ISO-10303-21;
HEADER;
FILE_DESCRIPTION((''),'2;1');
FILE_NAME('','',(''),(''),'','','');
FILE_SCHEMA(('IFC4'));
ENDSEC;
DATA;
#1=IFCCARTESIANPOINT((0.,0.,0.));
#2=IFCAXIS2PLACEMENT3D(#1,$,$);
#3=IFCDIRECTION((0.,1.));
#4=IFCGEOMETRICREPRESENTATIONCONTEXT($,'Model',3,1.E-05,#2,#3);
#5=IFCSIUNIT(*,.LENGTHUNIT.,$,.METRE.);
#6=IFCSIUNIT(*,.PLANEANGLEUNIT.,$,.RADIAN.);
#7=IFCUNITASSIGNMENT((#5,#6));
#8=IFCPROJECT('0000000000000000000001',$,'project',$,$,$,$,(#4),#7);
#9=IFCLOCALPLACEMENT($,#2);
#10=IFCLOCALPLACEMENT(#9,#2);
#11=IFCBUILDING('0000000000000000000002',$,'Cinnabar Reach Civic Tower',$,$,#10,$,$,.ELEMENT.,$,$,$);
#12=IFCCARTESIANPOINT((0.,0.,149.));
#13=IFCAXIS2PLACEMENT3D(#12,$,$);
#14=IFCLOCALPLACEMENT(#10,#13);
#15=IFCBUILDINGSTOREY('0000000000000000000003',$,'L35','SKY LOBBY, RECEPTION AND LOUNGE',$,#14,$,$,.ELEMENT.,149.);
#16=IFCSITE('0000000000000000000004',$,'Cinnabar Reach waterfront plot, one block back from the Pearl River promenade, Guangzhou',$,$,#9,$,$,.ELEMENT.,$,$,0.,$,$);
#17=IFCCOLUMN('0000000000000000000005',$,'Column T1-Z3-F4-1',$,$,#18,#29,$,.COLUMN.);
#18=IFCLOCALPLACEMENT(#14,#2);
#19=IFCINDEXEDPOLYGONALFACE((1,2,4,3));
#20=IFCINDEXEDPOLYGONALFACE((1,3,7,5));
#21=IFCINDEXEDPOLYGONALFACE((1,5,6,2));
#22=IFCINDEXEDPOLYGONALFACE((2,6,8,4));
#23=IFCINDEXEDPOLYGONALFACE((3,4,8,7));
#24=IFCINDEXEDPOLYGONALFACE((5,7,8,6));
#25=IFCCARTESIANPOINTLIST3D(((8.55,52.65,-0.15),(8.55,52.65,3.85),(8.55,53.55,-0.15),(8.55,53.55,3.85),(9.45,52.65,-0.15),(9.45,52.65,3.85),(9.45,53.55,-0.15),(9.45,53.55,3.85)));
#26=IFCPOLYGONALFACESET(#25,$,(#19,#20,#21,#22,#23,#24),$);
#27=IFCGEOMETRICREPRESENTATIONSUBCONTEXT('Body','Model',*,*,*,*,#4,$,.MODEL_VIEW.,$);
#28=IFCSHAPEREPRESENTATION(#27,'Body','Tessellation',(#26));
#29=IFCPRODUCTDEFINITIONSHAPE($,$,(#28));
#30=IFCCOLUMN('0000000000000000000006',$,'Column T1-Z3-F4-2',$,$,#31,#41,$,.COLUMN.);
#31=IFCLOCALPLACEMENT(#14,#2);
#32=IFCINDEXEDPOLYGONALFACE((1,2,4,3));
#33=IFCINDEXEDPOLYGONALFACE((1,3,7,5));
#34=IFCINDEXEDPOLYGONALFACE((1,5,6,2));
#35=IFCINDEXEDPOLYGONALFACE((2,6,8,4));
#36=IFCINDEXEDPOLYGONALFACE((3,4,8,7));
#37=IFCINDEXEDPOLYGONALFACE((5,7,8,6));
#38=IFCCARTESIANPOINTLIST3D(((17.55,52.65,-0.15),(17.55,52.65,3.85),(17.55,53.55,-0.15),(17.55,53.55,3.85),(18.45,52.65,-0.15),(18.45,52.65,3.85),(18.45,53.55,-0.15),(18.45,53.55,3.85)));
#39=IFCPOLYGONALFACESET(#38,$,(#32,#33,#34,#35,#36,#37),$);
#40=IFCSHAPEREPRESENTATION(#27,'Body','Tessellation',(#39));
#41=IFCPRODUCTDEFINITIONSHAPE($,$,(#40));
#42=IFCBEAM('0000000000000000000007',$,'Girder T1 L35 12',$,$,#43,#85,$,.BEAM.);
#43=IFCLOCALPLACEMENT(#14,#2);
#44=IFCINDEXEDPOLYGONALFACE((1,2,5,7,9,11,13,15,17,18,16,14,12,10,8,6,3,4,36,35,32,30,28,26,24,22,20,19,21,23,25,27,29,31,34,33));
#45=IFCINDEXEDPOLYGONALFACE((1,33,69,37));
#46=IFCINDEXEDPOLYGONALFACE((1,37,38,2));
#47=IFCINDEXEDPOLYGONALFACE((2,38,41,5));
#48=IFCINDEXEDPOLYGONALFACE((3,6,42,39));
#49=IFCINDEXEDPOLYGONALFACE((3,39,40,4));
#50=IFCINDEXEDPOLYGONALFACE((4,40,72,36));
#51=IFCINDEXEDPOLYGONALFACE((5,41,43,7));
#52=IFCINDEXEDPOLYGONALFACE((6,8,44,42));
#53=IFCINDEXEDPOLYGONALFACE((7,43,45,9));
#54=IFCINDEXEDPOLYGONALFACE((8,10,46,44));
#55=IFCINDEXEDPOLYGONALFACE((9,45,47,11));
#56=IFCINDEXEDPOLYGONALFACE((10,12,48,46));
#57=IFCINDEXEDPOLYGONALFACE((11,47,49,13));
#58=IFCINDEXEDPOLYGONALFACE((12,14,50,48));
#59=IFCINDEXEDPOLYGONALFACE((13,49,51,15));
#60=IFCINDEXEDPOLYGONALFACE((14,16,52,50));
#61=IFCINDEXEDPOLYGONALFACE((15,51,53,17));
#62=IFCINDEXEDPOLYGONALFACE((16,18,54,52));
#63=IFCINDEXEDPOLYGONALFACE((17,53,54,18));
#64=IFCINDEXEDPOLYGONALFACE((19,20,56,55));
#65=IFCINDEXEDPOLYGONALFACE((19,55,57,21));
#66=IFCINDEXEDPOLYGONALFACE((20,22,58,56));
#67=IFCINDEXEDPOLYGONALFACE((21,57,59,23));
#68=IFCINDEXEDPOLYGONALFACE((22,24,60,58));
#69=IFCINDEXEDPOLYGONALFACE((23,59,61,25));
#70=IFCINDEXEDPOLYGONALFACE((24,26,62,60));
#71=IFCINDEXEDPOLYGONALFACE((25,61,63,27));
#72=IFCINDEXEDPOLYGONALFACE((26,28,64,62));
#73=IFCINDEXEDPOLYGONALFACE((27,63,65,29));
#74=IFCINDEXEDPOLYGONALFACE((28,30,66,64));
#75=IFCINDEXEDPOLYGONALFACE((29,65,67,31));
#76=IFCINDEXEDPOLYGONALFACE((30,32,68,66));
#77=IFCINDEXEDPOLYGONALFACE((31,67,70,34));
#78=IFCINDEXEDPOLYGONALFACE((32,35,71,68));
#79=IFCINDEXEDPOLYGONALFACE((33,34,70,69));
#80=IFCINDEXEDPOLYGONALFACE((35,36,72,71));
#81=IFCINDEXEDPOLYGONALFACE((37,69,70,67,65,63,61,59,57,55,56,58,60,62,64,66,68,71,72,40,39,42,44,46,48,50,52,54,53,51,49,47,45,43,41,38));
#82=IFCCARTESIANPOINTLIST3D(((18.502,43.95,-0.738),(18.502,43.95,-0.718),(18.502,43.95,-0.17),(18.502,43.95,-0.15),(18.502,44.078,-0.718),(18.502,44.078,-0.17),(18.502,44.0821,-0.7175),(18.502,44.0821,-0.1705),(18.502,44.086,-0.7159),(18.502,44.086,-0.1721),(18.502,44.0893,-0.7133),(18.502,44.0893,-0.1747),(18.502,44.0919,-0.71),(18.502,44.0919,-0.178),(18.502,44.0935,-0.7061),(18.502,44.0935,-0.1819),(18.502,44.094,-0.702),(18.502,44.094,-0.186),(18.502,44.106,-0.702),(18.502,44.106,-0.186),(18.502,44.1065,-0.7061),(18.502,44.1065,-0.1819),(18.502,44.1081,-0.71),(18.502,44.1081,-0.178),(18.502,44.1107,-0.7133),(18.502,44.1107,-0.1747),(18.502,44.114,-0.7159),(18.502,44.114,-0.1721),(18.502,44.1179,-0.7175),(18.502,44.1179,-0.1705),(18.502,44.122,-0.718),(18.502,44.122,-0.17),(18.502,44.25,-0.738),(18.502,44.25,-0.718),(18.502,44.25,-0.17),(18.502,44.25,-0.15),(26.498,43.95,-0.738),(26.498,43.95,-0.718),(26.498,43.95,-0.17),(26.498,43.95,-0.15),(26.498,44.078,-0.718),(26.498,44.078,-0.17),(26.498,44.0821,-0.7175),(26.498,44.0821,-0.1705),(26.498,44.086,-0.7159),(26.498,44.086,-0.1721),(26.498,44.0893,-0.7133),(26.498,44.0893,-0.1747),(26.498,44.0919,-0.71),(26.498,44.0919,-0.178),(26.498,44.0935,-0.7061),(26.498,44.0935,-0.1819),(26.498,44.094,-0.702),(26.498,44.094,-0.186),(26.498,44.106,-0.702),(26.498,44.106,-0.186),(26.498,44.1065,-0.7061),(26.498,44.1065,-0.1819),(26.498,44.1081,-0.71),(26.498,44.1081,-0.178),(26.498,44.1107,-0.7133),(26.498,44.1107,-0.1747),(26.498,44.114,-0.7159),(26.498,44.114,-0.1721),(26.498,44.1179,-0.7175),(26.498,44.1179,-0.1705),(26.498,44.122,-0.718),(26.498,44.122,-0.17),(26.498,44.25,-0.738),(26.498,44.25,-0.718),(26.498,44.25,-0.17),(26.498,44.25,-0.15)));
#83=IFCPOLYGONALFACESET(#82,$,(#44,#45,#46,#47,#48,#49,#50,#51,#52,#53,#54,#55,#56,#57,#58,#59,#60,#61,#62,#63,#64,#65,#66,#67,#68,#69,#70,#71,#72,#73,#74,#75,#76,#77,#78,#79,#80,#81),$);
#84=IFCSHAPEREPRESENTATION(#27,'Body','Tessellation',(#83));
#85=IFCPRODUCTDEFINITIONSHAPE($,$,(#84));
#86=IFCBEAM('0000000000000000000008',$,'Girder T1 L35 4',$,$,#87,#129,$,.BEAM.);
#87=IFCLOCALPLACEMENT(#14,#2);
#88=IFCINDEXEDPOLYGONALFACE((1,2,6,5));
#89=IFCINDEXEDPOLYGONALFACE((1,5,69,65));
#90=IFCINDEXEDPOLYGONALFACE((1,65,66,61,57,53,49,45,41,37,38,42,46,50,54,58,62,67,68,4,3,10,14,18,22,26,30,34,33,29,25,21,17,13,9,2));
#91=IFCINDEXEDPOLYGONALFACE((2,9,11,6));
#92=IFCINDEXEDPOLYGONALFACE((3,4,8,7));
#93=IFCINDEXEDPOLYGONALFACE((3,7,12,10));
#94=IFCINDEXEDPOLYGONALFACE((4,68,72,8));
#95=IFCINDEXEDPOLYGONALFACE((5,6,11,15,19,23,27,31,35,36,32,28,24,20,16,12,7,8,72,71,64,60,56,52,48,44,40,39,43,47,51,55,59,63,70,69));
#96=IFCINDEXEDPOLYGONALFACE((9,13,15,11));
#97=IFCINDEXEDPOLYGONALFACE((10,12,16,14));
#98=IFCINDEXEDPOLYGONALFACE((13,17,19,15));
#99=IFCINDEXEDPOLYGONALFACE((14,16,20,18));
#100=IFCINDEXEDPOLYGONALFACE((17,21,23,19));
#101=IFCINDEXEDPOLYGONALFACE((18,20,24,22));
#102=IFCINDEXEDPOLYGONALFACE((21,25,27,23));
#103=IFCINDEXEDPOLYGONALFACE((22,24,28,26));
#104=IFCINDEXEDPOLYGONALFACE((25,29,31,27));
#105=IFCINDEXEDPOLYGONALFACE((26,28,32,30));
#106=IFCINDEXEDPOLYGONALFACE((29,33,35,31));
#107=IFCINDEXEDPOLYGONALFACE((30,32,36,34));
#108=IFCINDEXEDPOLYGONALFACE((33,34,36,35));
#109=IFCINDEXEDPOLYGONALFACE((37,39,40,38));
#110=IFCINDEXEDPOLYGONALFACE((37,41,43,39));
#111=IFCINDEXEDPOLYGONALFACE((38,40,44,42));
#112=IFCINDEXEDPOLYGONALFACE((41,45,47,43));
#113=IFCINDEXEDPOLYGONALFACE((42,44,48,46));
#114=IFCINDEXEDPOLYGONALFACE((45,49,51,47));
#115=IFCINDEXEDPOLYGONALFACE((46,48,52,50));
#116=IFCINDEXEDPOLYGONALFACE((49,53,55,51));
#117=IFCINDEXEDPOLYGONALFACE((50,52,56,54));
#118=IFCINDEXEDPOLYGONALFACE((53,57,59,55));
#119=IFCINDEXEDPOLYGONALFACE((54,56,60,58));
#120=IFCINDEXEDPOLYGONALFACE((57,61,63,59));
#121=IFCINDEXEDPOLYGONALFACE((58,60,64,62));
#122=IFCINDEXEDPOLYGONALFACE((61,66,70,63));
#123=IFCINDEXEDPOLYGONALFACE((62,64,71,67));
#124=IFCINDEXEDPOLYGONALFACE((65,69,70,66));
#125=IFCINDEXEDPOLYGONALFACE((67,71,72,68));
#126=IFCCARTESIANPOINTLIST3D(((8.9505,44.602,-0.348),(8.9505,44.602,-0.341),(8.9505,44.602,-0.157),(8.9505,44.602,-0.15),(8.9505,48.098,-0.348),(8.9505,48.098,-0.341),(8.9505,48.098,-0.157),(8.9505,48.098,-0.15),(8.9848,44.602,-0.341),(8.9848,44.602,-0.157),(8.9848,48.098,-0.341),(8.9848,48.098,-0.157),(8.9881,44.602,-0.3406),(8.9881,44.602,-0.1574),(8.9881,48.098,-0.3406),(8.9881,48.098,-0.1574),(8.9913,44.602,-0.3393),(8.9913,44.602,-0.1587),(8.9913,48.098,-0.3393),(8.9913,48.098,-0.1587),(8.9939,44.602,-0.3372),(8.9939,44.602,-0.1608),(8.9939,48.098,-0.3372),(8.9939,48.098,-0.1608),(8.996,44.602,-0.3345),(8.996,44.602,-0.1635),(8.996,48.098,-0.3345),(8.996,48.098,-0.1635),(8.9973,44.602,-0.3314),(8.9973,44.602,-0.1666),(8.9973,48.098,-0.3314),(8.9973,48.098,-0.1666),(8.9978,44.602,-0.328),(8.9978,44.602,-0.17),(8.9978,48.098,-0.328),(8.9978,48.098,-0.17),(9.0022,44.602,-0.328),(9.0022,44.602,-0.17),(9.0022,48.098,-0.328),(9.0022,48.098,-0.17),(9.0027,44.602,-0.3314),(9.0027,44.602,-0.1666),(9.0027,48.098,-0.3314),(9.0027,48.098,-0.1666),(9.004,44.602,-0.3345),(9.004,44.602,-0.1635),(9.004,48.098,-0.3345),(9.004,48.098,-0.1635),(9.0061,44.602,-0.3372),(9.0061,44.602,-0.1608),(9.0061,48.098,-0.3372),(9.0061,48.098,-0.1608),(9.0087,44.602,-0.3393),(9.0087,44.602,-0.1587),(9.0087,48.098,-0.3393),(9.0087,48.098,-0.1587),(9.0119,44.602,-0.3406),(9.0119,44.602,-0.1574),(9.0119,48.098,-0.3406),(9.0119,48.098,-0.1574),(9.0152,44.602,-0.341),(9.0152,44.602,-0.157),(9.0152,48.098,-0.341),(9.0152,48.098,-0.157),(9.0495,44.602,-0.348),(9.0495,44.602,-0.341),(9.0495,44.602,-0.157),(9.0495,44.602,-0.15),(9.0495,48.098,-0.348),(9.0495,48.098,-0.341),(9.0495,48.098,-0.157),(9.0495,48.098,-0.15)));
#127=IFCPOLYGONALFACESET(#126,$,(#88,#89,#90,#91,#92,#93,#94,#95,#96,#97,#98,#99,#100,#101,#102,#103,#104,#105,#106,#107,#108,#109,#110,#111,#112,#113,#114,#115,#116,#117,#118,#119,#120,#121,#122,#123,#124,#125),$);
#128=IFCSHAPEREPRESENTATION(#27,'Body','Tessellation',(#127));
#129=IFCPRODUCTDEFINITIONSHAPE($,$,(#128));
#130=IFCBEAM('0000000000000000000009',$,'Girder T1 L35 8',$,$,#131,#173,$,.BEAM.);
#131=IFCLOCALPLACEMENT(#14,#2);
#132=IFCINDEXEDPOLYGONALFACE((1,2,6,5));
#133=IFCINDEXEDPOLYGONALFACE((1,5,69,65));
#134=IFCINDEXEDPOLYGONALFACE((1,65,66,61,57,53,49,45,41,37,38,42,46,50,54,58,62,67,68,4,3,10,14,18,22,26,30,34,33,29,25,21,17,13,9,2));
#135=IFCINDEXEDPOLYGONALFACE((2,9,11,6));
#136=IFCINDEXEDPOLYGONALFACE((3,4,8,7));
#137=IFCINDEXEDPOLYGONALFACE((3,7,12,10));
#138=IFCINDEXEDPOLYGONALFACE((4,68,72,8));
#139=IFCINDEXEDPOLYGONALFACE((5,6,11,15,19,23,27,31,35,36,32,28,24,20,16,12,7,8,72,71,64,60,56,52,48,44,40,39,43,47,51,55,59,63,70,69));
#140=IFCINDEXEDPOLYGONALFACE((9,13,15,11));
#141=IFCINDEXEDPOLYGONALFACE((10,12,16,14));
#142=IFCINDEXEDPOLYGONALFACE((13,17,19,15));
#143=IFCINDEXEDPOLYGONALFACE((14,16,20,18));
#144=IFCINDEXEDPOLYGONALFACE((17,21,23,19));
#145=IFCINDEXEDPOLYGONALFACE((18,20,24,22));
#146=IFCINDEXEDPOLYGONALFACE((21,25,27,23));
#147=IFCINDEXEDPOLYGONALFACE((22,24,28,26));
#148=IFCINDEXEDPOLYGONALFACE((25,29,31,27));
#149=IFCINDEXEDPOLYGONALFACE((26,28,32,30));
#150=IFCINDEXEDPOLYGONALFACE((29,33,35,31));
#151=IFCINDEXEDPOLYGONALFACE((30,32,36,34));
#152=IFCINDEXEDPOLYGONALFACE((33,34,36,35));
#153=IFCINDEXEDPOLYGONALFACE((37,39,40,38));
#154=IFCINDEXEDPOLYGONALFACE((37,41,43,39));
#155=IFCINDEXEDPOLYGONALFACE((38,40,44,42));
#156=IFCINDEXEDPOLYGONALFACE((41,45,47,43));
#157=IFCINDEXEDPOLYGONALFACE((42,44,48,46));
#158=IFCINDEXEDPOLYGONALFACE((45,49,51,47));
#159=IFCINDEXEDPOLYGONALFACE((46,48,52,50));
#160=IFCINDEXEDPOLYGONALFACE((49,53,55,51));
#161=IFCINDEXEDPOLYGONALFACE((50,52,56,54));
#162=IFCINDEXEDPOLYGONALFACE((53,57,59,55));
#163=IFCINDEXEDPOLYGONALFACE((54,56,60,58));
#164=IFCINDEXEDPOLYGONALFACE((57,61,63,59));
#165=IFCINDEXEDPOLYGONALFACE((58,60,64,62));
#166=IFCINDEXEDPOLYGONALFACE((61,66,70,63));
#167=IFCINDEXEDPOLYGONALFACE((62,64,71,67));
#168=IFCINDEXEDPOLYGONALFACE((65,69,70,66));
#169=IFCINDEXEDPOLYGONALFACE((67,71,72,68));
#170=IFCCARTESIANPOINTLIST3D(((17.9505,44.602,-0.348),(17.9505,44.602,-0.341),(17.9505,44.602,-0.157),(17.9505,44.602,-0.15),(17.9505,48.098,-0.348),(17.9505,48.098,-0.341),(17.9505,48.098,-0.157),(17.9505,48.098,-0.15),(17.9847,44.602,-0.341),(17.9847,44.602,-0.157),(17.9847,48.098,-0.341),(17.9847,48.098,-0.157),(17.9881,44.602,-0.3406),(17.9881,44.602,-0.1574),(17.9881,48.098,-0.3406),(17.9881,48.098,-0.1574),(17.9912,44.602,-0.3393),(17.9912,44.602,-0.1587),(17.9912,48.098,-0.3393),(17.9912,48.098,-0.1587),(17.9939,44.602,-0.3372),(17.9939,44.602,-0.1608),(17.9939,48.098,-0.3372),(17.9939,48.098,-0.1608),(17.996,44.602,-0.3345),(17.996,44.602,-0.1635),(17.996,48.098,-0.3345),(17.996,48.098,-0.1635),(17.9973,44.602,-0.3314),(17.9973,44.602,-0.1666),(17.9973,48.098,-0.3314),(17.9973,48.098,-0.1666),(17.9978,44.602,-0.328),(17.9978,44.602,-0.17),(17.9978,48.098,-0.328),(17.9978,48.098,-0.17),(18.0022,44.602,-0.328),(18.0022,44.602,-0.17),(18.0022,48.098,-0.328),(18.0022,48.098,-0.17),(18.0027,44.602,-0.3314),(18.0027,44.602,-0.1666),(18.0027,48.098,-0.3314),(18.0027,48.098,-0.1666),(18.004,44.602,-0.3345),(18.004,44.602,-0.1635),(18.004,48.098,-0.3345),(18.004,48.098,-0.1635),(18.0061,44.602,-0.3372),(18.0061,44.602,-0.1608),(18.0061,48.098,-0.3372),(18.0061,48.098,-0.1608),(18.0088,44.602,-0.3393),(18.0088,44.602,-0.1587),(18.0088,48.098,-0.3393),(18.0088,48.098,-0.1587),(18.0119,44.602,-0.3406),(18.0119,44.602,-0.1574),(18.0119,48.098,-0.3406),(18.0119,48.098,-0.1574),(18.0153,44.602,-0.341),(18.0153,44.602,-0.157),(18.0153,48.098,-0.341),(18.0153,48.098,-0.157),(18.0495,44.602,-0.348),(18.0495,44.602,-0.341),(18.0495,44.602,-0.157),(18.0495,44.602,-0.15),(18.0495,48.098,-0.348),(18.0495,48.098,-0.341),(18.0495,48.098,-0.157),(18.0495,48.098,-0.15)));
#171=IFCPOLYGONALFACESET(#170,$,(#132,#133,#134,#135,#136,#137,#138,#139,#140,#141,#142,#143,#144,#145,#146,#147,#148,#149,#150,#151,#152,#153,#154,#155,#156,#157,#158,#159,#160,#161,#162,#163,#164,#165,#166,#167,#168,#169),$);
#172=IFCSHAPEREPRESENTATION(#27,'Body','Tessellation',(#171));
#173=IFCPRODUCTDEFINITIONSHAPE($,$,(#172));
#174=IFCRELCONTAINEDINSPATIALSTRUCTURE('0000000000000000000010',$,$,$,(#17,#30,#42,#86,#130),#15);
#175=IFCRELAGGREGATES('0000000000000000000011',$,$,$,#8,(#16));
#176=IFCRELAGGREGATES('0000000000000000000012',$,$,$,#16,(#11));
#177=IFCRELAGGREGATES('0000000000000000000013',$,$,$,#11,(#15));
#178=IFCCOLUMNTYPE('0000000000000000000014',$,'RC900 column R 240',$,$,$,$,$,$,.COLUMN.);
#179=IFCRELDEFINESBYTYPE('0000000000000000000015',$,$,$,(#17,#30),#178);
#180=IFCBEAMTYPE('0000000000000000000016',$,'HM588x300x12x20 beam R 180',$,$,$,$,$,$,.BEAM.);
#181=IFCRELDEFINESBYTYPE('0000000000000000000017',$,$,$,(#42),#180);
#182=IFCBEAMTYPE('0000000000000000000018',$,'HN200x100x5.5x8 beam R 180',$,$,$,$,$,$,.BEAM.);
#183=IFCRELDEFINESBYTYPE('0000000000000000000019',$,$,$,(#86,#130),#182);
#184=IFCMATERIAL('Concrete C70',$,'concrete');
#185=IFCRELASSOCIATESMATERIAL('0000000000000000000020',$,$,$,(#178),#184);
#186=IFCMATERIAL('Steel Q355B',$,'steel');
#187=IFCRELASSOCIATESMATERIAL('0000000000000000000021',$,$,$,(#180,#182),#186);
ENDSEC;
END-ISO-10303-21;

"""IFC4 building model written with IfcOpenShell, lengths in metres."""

from ifc_helpers import new_model, si_unit, direction, frame, origin, origin_2d, place, context, subcontext, project, spatial, rectangle, i_section, extrude, material, material_profile, profile_set, type_object, element, save


model = new_model("IFC4")

# Units and contexts
model_context = context("Model", 3, precision=1e-05, world=origin(), true_north=direction((0.0, 1.0)))
body_context = subcontext(model_context, "Body", "Model", "MODEL_VIEW")
ifc_project = project(units=[si_unit("LENGTHUNIT", "METRE"), si_unit("PLANEANGLEUNIT", "RADIAN")], contexts=[model_context])

# Site, building, storey
site_placement = place(None, origin())
site = spatial("IfcSite", under=ifc_project, at=site_placement, Name="Cinnabar Reach waterfront plot, one block back from the Pearl River promenade, Guangzhou", CompositionType="ELEMENT", RefElevation=0.0)
building_placement = place(site_placement, origin())
building = spatial("IfcBuilding", under=site, at=building_placement, Name="Cinnabar Reach Civic Tower", CompositionType="ELEMENT")
storey_placement = place(building_placement, frame((0.0, 0.0, 149.0)))
storey = spatial("IfcBuildingStorey", under=building, at=storey_placement, Name="L35", Description="SKY LOBBY, RECEPTION AND LOUNGE", CompositionType="ELEMENT", Elevation=149.0)

# Columns
ifc_material_1 = material(Name="Concrete C70", Category="concrete")
ifc_material_profile_1 = material_profile(ifc_material_1, rectangle(XDim=0.9, YDim=0.9, at=origin_2d()), Name="RC900")
ifc_profile_set_1 = profile_set([ifc_material_profile_1], Name="Concrete C70")
column_type = type_object("IfcColumnType", Name="RC900 column R 240", PredefinedType="COLUMN", material=ifc_profile_set_1)
for number, where, z_axis, x_axis, name in (
    (1, (9.0, 53.1, -0.15), (0.0, 0.0, 1.0), (1.0, 0.0, 0.0), "Column T1-Z3-F4-1"),
    (2, (18.0, 53.1, -0.15), (0.0, 0.0, 1.0), (1.0, 0.0, 0.0), "Column T1-Z3-F4-2"),
):
    element("IfcColumn", number, at=place(storey_placement, frame(where, z_axis=z_axis, x_axis=x_axis)), inside=storey, type_object=column_type, Name=name, PredefinedType="COLUMN", context=body_context, shape_type="SweptSolid", body=[
        extrude(rectangle(XDim=0.9, YDim=0.9, at=origin_2d()), origin(), (0.0, 0.0, 1.0), 4.0),
    ])

# Beams
ifc_material_2 = material(Name="Steel Q355B", Category="steel")
ifc_material_profile_2 = material_profile(ifc_material_2, i_section(OverallWidth=0.3, OverallDepth=0.588, WebThickness=0.012, FlangeThickness=0.02, FilletRadius=0.016, at=origin_2d()), Name="HM588x300x12x20")
ifc_profile_set_2 = profile_set([ifc_material_profile_2], Name="Steel Q355B")
beam_type_1 = type_object("IfcBeamType", Name="HM588x300x12x20 beam R 180", PredefinedType="BEAM", material=ifc_profile_set_2)
beam_1_placement = place(storey_placement, frame((18.502, 44.1, -0.444), z_axis=(1.0, 0.0, 0.0), x_axis=(0.0, 1.0, 0.0)))
element("IfcBeam", 3, at=beam_1_placement, inside=storey, type_object=beam_type_1, Name="Girder T1 L35 12", PredefinedType="BEAM", context=body_context, shape_type="SweptSolid", body=[
    extrude(i_section(OverallWidth=0.3, OverallDepth=0.588, WebThickness=0.012, FlangeThickness=0.02, FilletRadius=0.016, at=origin_2d()), origin(), (0.0, 0.0, 1.0), 7.996),
])
ifc_material_profile_3 = material_profile(ifc_material_2, i_section(OverallWidth=0.099, OverallDepth=0.198, WebThickness=0.0045, FlangeThickness=0.007, FilletRadius=0.013, at=origin_2d()), Name="HN200x100x5.5x8")
ifc_profile_set_3 = profile_set([ifc_material_profile_3], Name="Steel Q355B")
beam_type_2 = type_object("IfcBeamType", Name="HN200x100x5.5x8 beam R 180", PredefinedType="BEAM", material=ifc_profile_set_3)
for number, where, z_axis, x_axis, name in (
    (4, (9.0, 44.602, -0.249), (0.0, 1.0, 0.0), (-1.0, 0.0, 0.0), "Girder T1 L35 4"),
    (5, (18.0, 44.602, -0.249), (0.0, 1.0, 0.0), (-1.0, 0.0, 0.0), "Girder T1 L35 8"),
):
    element("IfcBeam", number, at=place(storey_placement, frame(where, z_axis=z_axis, x_axis=x_axis)), inside=storey, type_object=beam_type_2, Name=name, PredefinedType="BEAM", context=body_context, shape_type="SweptSolid", body=[
        extrude(i_section(OverallWidth=0.099, OverallDepth=0.198, WebThickness=0.0045, FlangeThickness=0.007, FilletRadius=0.013, at=origin_2d()), origin(), (0.0, 0.0, 1.0), 3.496),
    ])

save(model, "model.ifc")
